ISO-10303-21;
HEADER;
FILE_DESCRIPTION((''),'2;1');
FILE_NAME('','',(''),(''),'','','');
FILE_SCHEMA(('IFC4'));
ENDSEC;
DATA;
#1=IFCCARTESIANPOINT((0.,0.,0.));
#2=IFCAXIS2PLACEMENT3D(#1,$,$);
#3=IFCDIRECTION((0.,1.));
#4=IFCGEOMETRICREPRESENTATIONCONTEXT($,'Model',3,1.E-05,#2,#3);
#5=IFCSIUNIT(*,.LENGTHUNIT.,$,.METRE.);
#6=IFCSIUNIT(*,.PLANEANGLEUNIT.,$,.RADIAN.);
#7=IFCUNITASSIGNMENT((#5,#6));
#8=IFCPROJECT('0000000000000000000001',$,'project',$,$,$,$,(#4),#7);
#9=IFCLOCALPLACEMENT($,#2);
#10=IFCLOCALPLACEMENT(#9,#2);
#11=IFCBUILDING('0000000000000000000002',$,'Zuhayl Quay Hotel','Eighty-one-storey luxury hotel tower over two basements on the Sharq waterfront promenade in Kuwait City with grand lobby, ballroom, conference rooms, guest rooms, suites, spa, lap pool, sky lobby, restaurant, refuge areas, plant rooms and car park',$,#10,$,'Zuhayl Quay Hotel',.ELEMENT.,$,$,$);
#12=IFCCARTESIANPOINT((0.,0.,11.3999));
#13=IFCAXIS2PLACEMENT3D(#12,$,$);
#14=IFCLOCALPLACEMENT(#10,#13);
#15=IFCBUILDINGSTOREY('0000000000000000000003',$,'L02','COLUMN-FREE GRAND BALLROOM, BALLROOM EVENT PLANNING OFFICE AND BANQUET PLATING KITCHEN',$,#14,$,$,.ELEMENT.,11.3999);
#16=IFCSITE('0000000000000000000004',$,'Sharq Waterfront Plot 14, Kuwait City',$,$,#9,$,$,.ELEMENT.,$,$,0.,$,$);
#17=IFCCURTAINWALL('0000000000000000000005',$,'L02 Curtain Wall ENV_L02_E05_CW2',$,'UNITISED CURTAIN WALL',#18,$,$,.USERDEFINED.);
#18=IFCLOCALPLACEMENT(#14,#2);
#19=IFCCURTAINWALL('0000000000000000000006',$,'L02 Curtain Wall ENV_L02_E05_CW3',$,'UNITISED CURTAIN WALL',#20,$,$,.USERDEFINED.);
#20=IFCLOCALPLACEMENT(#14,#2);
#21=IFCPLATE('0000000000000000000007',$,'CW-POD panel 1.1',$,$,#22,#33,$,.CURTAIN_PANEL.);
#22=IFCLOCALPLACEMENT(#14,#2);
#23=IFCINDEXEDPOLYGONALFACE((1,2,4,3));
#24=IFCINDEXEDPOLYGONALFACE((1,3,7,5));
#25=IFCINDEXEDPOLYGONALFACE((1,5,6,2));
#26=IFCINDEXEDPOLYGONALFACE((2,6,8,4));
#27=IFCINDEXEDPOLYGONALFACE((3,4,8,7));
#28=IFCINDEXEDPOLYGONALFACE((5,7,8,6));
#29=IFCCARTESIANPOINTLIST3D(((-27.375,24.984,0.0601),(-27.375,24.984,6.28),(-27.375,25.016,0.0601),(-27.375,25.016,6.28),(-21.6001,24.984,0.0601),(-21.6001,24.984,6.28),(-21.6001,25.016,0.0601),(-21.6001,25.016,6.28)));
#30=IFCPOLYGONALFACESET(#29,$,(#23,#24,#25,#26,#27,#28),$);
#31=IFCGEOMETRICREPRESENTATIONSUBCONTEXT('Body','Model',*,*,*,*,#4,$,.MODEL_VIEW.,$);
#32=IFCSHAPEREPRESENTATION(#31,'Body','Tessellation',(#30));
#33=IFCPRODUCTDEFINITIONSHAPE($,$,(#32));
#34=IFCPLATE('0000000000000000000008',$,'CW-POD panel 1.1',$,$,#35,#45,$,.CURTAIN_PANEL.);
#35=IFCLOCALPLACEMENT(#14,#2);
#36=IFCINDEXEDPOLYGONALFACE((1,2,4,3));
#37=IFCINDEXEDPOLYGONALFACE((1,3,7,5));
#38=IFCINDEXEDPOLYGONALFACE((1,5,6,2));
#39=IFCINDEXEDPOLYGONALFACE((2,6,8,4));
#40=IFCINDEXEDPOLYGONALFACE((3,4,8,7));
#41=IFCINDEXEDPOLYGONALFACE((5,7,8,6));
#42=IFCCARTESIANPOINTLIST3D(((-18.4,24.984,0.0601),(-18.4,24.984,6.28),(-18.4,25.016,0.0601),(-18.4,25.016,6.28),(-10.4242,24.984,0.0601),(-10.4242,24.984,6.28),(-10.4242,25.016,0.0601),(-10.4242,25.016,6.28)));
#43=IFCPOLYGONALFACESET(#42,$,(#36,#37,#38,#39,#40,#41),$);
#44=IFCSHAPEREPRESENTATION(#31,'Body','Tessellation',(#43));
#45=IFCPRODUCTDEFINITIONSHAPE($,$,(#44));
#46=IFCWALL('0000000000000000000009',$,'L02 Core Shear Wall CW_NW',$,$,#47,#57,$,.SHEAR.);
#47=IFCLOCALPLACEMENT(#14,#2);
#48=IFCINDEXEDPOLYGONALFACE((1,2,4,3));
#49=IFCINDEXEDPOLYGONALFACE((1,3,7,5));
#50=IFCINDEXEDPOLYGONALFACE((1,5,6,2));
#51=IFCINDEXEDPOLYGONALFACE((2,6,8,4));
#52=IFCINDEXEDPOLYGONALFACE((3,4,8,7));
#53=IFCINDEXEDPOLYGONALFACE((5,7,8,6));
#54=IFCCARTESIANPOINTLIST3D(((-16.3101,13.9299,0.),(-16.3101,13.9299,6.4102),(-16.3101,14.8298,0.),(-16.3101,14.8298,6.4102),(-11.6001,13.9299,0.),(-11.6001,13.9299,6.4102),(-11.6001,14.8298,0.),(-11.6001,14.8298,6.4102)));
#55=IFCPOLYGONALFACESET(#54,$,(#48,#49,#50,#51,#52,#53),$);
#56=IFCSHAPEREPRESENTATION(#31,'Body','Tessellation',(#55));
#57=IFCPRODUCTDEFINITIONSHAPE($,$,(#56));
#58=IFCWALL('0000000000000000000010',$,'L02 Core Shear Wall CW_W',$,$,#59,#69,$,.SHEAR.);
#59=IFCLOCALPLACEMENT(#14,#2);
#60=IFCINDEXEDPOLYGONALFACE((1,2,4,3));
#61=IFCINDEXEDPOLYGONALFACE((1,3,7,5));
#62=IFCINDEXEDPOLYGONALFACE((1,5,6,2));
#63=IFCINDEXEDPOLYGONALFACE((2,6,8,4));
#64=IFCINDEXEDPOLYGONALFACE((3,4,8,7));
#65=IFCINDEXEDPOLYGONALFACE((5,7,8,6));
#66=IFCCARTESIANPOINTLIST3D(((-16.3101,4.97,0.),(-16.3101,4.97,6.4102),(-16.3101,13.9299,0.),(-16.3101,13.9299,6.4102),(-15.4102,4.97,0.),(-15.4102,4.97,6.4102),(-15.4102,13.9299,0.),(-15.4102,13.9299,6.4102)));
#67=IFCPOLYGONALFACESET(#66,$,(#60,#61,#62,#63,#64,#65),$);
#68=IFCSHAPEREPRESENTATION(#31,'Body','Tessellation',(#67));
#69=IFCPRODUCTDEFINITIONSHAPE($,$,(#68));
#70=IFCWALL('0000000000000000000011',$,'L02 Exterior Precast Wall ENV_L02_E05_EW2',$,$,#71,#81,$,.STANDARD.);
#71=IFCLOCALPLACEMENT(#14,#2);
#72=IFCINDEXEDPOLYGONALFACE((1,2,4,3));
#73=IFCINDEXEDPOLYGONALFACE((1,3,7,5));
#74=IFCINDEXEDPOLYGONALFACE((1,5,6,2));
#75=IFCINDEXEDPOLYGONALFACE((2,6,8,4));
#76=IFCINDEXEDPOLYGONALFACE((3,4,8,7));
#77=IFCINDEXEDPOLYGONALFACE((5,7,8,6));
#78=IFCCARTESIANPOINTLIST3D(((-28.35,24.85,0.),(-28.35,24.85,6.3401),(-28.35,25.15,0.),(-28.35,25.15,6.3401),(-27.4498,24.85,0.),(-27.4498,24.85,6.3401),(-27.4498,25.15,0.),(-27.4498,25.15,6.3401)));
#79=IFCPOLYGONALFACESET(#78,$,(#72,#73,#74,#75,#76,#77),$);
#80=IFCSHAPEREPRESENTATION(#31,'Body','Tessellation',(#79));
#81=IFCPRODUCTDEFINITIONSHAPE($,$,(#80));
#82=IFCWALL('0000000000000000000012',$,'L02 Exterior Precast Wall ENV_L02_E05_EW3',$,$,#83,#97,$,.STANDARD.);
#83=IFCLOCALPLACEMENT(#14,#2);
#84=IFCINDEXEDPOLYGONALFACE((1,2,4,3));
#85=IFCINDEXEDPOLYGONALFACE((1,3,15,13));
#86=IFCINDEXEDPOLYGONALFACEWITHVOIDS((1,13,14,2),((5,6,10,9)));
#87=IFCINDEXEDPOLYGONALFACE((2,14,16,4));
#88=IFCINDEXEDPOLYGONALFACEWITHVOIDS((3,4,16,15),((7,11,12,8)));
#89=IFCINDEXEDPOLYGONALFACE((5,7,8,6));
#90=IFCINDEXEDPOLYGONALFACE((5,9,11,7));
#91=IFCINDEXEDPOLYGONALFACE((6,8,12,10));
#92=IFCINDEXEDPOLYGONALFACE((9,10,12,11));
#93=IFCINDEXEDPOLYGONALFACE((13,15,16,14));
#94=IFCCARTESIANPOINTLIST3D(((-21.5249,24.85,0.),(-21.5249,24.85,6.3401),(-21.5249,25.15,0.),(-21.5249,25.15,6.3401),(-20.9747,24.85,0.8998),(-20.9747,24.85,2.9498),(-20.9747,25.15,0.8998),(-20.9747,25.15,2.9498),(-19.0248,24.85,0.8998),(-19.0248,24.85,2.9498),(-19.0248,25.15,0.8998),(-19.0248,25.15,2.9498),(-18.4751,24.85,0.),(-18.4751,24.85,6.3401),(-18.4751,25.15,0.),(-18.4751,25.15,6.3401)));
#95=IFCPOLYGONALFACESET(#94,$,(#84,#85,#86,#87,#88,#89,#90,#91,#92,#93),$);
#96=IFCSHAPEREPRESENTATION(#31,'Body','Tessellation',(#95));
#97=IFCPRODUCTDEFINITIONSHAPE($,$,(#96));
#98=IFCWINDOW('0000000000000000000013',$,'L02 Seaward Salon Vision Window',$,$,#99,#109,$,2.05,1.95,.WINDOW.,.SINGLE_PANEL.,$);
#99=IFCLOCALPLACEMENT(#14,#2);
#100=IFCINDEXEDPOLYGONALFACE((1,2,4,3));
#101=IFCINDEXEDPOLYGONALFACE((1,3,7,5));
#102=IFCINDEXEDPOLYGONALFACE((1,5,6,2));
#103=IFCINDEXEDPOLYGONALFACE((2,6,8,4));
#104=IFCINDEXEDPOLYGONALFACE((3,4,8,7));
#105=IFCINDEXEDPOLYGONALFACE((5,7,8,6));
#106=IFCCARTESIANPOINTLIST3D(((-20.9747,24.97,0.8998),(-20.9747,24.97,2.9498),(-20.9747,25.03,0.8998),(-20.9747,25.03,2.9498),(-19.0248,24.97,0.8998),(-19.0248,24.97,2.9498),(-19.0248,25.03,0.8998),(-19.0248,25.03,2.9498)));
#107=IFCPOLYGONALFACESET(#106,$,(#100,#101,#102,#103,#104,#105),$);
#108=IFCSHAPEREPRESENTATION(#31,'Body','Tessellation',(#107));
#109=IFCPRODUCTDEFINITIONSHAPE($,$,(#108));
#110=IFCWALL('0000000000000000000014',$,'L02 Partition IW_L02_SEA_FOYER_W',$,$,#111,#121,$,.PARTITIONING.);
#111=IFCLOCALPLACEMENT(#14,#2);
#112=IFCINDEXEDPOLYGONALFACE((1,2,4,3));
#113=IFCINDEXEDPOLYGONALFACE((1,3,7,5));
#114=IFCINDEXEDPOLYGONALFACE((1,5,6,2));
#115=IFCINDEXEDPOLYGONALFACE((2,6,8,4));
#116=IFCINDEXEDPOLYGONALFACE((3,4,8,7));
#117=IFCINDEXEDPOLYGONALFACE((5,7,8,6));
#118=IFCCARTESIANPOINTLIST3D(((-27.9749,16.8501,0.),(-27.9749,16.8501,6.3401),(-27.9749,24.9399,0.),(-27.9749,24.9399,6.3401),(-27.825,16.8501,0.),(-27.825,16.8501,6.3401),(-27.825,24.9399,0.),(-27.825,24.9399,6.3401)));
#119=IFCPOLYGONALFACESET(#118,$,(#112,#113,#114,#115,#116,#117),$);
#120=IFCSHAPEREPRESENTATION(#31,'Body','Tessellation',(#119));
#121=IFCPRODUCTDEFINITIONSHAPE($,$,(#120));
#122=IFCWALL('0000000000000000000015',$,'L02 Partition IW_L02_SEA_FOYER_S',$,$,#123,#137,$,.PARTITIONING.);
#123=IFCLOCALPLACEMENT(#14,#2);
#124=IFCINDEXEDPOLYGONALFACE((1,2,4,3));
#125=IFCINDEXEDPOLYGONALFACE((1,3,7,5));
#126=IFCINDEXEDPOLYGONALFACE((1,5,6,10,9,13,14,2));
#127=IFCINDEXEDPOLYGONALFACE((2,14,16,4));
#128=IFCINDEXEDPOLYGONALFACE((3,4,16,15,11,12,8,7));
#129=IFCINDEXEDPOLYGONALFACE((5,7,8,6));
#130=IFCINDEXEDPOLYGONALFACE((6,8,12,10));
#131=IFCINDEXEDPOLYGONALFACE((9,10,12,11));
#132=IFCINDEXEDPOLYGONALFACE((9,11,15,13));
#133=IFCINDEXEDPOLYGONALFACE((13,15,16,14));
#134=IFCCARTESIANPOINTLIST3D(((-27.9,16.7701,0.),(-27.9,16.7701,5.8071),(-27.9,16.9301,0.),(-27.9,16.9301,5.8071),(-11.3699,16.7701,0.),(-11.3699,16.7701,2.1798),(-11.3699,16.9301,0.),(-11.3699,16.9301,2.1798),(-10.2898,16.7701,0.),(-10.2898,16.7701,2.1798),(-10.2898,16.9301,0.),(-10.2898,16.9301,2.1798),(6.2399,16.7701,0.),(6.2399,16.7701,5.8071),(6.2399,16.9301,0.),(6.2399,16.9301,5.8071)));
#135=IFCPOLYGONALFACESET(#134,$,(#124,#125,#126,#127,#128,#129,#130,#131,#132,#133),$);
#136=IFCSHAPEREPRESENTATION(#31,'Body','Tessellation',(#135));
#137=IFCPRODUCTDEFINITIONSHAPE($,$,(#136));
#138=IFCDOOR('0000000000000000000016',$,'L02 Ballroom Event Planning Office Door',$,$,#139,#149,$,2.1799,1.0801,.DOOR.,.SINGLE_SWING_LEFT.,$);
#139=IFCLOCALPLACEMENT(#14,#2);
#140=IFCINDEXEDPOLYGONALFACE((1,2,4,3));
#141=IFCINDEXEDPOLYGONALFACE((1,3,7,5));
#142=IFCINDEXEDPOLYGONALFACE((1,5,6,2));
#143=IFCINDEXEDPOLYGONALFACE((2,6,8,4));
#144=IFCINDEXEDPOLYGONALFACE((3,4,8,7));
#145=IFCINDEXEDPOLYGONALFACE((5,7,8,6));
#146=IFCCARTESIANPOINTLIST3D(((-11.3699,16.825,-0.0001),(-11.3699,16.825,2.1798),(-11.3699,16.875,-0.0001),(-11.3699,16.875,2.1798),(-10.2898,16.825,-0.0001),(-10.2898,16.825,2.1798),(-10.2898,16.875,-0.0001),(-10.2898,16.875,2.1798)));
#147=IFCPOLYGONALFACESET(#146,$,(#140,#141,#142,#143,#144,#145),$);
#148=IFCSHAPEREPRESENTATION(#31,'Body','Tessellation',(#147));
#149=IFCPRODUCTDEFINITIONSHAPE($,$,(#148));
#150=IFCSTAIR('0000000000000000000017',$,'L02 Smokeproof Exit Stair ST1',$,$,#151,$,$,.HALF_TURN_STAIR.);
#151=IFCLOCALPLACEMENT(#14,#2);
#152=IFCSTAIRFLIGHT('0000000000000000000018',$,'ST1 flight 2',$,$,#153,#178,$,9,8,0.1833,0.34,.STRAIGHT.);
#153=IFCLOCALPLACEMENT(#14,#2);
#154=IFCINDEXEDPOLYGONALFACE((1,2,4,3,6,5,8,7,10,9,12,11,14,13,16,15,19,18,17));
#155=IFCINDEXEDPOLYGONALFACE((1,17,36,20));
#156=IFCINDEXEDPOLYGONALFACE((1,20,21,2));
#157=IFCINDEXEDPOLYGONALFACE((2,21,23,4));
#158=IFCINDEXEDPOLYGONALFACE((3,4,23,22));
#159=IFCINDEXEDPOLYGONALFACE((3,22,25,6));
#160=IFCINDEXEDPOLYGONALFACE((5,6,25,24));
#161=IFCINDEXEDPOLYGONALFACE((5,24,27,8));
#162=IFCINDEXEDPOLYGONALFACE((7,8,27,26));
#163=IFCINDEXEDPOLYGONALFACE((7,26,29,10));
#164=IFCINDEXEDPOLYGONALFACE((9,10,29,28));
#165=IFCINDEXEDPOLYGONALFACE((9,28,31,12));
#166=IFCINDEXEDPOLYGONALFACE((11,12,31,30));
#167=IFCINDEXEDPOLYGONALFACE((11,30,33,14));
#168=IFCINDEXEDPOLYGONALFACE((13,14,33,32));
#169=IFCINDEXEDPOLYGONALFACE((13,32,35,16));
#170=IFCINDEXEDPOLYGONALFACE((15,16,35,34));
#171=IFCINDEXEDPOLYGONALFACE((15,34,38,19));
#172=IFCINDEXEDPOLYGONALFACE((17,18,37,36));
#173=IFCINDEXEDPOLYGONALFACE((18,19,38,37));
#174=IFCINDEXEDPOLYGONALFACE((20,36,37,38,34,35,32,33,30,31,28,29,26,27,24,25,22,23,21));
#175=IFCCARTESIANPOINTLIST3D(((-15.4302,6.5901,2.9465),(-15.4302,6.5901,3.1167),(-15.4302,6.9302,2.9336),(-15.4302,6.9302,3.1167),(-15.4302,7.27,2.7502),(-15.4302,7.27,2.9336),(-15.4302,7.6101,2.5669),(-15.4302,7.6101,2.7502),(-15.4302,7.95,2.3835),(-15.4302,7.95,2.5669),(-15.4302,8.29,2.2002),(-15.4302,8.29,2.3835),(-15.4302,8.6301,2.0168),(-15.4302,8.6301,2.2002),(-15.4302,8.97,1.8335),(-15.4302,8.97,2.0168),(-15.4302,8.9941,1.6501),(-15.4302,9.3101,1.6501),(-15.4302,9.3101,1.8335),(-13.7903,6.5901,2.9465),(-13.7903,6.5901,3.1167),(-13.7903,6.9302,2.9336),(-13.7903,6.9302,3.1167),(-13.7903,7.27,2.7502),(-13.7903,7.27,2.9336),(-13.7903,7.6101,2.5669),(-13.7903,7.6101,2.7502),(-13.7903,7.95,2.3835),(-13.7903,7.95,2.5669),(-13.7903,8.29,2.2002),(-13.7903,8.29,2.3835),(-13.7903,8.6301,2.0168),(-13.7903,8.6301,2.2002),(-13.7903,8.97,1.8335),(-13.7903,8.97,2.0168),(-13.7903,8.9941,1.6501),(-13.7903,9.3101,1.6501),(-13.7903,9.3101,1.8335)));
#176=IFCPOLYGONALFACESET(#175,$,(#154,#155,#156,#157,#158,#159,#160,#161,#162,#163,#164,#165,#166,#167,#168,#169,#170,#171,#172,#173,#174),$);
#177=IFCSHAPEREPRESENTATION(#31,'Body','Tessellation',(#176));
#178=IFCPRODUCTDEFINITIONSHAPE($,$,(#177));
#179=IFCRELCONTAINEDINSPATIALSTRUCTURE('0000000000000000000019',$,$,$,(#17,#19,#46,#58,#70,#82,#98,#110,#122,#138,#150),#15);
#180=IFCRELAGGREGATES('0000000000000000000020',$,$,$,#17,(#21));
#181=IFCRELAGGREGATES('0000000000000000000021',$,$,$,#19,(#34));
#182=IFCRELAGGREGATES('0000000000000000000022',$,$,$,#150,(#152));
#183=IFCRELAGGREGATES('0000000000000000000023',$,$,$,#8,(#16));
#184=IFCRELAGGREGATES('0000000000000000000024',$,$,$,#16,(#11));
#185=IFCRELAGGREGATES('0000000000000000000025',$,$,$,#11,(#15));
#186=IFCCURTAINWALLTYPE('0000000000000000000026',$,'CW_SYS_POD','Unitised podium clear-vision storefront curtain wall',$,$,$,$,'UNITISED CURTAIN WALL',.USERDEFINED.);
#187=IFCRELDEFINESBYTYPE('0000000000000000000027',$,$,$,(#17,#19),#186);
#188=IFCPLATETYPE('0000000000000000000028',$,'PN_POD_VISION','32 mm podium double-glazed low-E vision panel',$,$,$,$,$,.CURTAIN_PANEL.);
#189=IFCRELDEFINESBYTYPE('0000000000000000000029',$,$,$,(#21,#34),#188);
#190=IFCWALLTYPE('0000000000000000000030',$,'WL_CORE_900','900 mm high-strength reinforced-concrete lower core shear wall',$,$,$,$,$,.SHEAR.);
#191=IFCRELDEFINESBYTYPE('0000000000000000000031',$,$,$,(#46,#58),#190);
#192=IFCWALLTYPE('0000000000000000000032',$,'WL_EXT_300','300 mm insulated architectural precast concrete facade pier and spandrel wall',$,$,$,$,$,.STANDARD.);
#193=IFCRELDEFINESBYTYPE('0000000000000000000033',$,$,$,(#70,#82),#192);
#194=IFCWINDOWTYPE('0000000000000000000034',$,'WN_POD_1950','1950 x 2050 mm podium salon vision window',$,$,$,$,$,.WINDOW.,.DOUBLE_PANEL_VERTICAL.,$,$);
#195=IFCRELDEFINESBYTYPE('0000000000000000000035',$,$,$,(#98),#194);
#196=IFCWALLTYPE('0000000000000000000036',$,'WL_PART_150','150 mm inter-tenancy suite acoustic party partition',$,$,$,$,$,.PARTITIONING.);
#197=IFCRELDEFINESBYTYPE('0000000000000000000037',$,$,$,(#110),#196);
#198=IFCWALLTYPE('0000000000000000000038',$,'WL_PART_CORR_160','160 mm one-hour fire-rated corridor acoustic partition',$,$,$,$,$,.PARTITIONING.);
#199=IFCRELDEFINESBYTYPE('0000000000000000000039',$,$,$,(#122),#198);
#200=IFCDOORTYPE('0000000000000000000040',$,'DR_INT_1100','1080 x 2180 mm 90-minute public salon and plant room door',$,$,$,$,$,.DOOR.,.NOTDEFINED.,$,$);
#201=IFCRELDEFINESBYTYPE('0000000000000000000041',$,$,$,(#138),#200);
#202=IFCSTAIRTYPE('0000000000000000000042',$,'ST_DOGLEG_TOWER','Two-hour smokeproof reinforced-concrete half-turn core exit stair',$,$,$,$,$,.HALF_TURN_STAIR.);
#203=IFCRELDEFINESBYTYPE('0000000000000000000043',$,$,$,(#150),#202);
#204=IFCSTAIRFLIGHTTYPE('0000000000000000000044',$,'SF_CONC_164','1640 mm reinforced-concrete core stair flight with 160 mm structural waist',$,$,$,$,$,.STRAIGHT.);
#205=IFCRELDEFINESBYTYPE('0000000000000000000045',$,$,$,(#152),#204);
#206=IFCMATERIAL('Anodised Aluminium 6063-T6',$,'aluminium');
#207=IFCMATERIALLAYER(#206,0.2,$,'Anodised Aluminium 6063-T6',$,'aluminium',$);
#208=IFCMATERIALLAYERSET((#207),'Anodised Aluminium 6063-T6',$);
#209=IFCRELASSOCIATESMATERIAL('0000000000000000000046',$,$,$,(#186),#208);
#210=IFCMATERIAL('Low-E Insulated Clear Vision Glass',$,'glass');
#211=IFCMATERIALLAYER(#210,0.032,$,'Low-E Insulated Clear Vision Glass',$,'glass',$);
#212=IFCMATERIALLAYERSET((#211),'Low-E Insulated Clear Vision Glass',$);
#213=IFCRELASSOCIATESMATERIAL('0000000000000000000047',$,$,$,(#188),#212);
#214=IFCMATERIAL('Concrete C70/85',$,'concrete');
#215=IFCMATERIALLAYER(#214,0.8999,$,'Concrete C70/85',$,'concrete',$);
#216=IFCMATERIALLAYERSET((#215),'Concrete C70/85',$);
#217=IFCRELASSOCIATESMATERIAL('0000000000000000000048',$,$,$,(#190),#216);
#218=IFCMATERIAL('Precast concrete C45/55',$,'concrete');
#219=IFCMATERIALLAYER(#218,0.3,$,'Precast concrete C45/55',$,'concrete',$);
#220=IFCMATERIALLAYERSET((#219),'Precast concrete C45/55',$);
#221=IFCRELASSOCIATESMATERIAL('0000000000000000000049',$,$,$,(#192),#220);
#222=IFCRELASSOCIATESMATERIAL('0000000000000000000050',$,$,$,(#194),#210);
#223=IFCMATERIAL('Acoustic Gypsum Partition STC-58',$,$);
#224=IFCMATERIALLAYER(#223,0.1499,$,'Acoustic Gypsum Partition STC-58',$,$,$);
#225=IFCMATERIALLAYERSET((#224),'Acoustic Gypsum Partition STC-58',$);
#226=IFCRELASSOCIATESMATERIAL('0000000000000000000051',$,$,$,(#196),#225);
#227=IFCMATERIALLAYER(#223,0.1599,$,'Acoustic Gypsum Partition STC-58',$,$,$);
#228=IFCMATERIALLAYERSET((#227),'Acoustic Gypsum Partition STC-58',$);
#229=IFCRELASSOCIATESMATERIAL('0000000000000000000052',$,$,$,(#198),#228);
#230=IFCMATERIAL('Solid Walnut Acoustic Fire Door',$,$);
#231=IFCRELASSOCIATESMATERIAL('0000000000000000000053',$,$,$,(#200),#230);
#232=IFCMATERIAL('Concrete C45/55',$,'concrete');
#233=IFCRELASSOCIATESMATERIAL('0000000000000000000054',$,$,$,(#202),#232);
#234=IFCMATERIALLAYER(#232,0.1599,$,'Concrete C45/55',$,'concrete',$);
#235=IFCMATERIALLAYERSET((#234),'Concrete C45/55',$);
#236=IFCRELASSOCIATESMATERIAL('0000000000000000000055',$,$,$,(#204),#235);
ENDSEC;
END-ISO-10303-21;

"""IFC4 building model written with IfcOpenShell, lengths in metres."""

from ifc_helpers import new_model, si_unit, direction, frame, frame_2d, origin, origin_2d, place, context, subcontext, project, spatial, polyline, rectangle, outline, extrude, material, layer, layer_set, type_object, element, fill, aggregate, save


model = new_model("IFC4")

# Units and contexts
model_context = context("Model", 3, precision=1e-05, world=origin(), true_north=direction((0.0, 1.0)))
body_context = subcontext(model_context, "Body", "Model", "MODEL_VIEW")
ifc_project = project(units=[si_unit("LENGTHUNIT", "METRE"), si_unit("PLANEANGLEUNIT", "RADIAN")], contexts=[model_context])

# Site, building, storey
site_placement = place(None, origin())
site = spatial("IfcSite", under=ifc_project, at=site_placement, Name="Sharq Waterfront Plot 14, Kuwait City", CompositionType="ELEMENT", RefElevation=0.0)
building_placement = place(site_placement, origin())
building = spatial("IfcBuilding", under=site, at=building_placement, Name="Zuhayl Quay Hotel", Description="Eighty-one-storey luxury hotel tower over two basements on the Sharq waterfront promenade in Kuwait City with grand lobby, ballroom, conference rooms, guest rooms, suites, spa, lap pool, sky lobby, restaurant, refuge areas, plant rooms and car park", LongName="Zuhayl Quay Hotel", CompositionType="ELEMENT")
storey_placement = place(building_placement, frame((0.0, 0.0, 11.3999)))
storey = spatial("IfcBuildingStorey", under=building, at=storey_placement, Name="L02", Description="COLUMN-FREE GRAND BALLROOM, BALLROOM EVENT PLANNING OFFICE AND BANQUET PLATING KITCHEN", CompositionType="ELEMENT", Elevation=11.3999)

# Shared definitions
ifc_material_1 = material(Name="Concrete C70/85", Category="concrete")

# Curtain wall
ifc_material_2 = material(Name="Anodised Aluminium 6063-T6", Category="aluminium")
ifc_layer_1 = layer(ifc_material_2, 0.2, Name="Anodised Aluminium 6063-T6", Category="aluminium")
ifc_layer_set_1 = layer_set([ifc_layer_1], Name="Anodised Aluminium 6063-T6")
curtain_wall_type = type_object("IfcCurtainWallType", Name="CW_SYS_POD", Description="Unitised podium clear-vision storefront curtain wall", ElementType="UNITISED CURTAIN WALL", PredefinedType="USERDEFINED", material=ifc_layer_set_1)
curtain_wall_1_placement = place(storey_placement, origin())
curtain_wall_1 = element("IfcCurtainWall", 1, at=curtain_wall_1_placement, inside=storey, type_object=curtain_wall_type, Name="L02 Curtain Wall ENV_L02_E05_CW2", ObjectType="UNITISED CURTAIN WALL", PredefinedType="USERDEFINED")

# Curtain wall
curtain_wall_2_placement = place(storey_placement, origin())
curtain_wall_2 = element("IfcCurtainWall", 2, at=curtain_wall_2_placement, inside=storey, type_object=curtain_wall_type, Name="L02 Curtain Wall ENV_L02_E05_CW3", ObjectType="UNITISED CURTAIN WALL", PredefinedType="USERDEFINED")

# Plates
ifc_material_3 = material(Name="Low-E Insulated Clear Vision Glass", Category="glass")
ifc_layer_2 = layer(ifc_material_3, 0.032, Name="Low-E Insulated Clear Vision Glass", Category="glass")
ifc_layer_set_2 = layer_set([ifc_layer_2], Name="Low-E Insulated Clear Vision Glass")
plate_type = type_object("IfcPlateType", Name="PN_POD_VISION", Description="32 mm podium double-glazed low-E vision panel", PredefinedType="CURTAIN_PANEL", material=ifc_layer_set_2)
plate_1_placement = place(storey_placement, frame((-24.4875, 25.0, 0.0601), z_axis=(0.0, 0.0, 1.0), x_axis=(1.0, 0.0, 0.0)))
plate_1 = element("IfcPlate", 3, at=plate_1_placement, type_object=plate_type, Name="CW-POD panel 1.1", PredefinedType="CURTAIN_PANEL", context=body_context, shape_type="SweptSolid", body=[
    extrude(rectangle(XDim=5.7749, YDim=0.032, at=origin_2d()), origin(), (0.0, 0.0, 1.0), 6.22),
])
aggregate(curtain_wall_1, [plate_1])
plate_2_placement = place(storey_placement, frame((-14.4121, 25.0, 0.0601), z_axis=(0.0, 0.0, 1.0), x_axis=(1.0, 0.0, 0.0)))
plate_2 = element("IfcPlate", 4, at=plate_2_placement, type_object=plate_type, Name="CW-POD panel 1.1", PredefinedType="CURTAIN_PANEL", context=body_context, shape_type="SweptSolid", body=[
    extrude(rectangle(XDim=7.9758, YDim=0.032, at=origin_2d()), origin(), (0.0, 0.0, 1.0), 6.22),
])
aggregate(curtain_wall_2, [plate_2])

# Walls
ifc_layer_3 = layer(ifc_material_1, 0.8999, Name="Concrete C70/85", Category="concrete")
ifc_layer_set_3 = layer_set([ifc_layer_3], Name="Concrete C70/85")
wall_type_1 = type_object("IfcWallType", Name="WL_CORE_900", Description="900 mm high-strength reinforced-concrete lower core shear wall", PredefinedType="SHEAR", material=ifc_layer_set_3)
wall_1_placement = place(storey_placement, frame((-16.3101, 14.3799, 0.0), z_axis=(0.0, 0.0, 1.0), x_axis=(1.0, 0.0, 0.0)))
element("IfcWall", 5, at=wall_1_placement, inside=storey, type_object=wall_type_1, Name="L02 Core Shear Wall CW_NW", PredefinedType="SHEAR", context=body_context, shape_type="SweptSolid", body=[
    extrude(rectangle(XDim=4.71, YDim=0.8999, at=frame_2d((2.355, 0.0))), origin(), (0.0, 0.0, 1.0), 6.4102),
])
wall_2_placement = place(storey_placement, frame((-15.8601, 4.97, 0.0), z_axis=(0.0, 0.0, 1.0), x_axis=(0.0, 1.0, 0.0)))
element("IfcWall", 6, at=wall_2_placement, inside=storey, type_object=wall_type_1, Name="L02 Core Shear Wall CW_W", PredefinedType="SHEAR", context=body_context, shape_type="SweptSolid", body=[
    extrude(rectangle(XDim=8.96, YDim=0.8999, at=frame_2d((4.48, 0.0))), origin(), (0.0, 0.0, 1.0), 6.4102),
])
ifc_material_4 = material(Name="Precast concrete C45/55", Category="concrete")
ifc_layer_4 = layer(ifc_material_4, 0.3, Name="Precast concrete C45/55", Category="concrete")
ifc_layer_set_4 = layer_set([ifc_layer_4], Name="Precast concrete C45/55")
wall_type_2 = type_object("IfcWallType", Name="WL_EXT_300", Description="300 mm insulated architectural precast concrete facade pier and spandrel wall", PredefinedType="STANDARD", material=ifc_layer_set_4)
wall_3_placement = place(storey_placement, frame((-28.3501, 25.0, 0.0), z_axis=(0.0, 0.0, 1.0), x_axis=(1.0, 0.0, 0.0)))
element("IfcWall", 7, at=wall_3_placement, inside=storey, type_object=wall_type_2, Name="L02 Exterior Precast Wall ENV_L02_E05_EW2", PredefinedType="STANDARD", context=body_context, shape_type="SweptSolid", body=[
    extrude(rectangle(XDim=0.9001, YDim=0.3, at=frame_2d((0.4502, 0.0))), origin(), (0.0, 0.0, 1.0), 6.3401),
])

# Wall, opening, window
wall_4_placement = place(storey_placement, frame((-21.5249, 25.0, 0.0), z_axis=(0.0, 0.0, 1.0), x_axis=(1.0, 0.0, 0.0)))
wall_4 = element("IfcWall", 8, at=wall_4_placement, inside=storey, type_object=wall_type_2, Name="L02 Exterior Precast Wall ENV_L02_E05_EW3", PredefinedType="STANDARD", context=body_context, shape_type="SweptSolid", body=[
    extrude(rectangle(XDim=3.0498, YDim=0.3, at=frame_2d((1.5249, 0.0))), origin(), (0.0, 0.0, 1.0), 6.3401),
])
opening_1_placement = place(wall_4_placement, frame((0.55, 0.0, 0.8999)))
opening_1 = element("IfcOpeningElement", 9, at=opening_1_placement, cuts=wall_4, PredefinedType="OPENING", context=body_context, shape_type="SweptSolid", body=[
    extrude(rectangle(XDim=1.95, YDim=2.05, at=frame_2d((0.9751, 1.0249))), frame((0.0, 0.1599, 0.0), z_axis=(0.0, -1.0, 0.0), x_axis=(1.0, 0.0, 0.0)), (0.0, 0.0, 1.0), 0.3201),
])
window_type = type_object("IfcWindowType", Name="WN_POD_1950", Description="1950 x 2050 mm podium salon vision window", PartitioningType="DOUBLE_PANEL_VERTICAL", PredefinedType="WINDOW", material=ifc_material_3)
window_placement = place(opening_1_placement, origin())
window = element("IfcWindow", 10, at=window_placement, inside=storey, type_object=window_type, Name="L02 Seaward Salon Vision Window", OverallHeight=2.05, OverallWidth=1.95, PartitioningType="SINGLE_PANEL", PredefinedType="WINDOW", context=body_context, shape_type="SweptSolid", body=[
    extrude(rectangle(XDim=1.95, YDim=2.05, at=frame_2d((0.9751, 1.0249))), frame((0.0, 0.03, 0.0), z_axis=(0.0, -1.0, 0.0), x_axis=(1.0, 0.0, 0.0)), (0.0, 0.0, 1.0), 0.0601),
])
fill(opening_1, window)

# Wall
ifc_material_5 = material(Name="Acoustic Gypsum Partition STC-58")
ifc_layer_5 = layer(ifc_material_5, 0.1499, Name="Acoustic Gypsum Partition STC-58")
ifc_layer_set_5 = layer_set([ifc_layer_5], Name="Acoustic Gypsum Partition STC-58")
wall_type_3 = type_object("IfcWallType", Name="WL_PART_150", Description="150 mm inter-tenancy suite acoustic party partition", PredefinedType="PARTITIONING", material=ifc_layer_set_5)
wall_5_placement = place(storey_placement, frame((-27.8999, 16.8501, 0.0), z_axis=(0.0, 0.0, 1.0), x_axis=(0.0, 1.0, 0.0)))
element("IfcWall", 11, at=wall_5_placement, inside=storey, type_object=wall_type_3, Name="L02 Partition IW_L02_SEA_FOYER_W", PredefinedType="PARTITIONING", context=body_context, shape_type="SweptSolid", body=[
    extrude(rectangle(XDim=8.0898, YDim=0.1499, at=frame_2d((4.0449, 0.0))), origin(), (0.0, 0.0, 1.0), 6.3401),
])

# Wall, opening, door
ifc_layer_6 = layer(ifc_material_5, 0.1599, Name="Acoustic Gypsum Partition STC-58")
ifc_layer_set_6 = layer_set([ifc_layer_6], Name="Acoustic Gypsum Partition STC-58")
wall_type_4 = type_object("IfcWallType", Name="WL_PART_CORR_160", Description="160 mm one-hour fire-rated corridor acoustic partition", PredefinedType="PARTITIONING", material=ifc_layer_set_6)
wall_6_placement = place(storey_placement, frame((-27.8999, 16.8501, 0.0), z_axis=(0.0, 0.0, 1.0), x_axis=(1.0, 0.0, 0.0)))
wall_6 = element("IfcWall", 12, at=wall_6_placement, inside=storey, type_object=wall_type_4, Name="L02 Partition IW_L02_SEA_FOYER_S", PredefinedType="PARTITIONING", context=body_context, shape_type="SweptSolid", body=[
    extrude(rectangle(XDim=34.1399, YDim=0.1599, at=frame_2d((17.0698, 0.0))), origin(), (0.0, 0.0, 1.0), 5.8071),
])
opening_2_placement = place(wall_6_placement, frame((16.53, 0.0, 0.0)))
opening_2 = element("IfcOpeningElement", 13, at=opening_2_placement, cuts=wall_6, PredefinedType="OPENING", context=body_context, shape_type="SweptSolid", body=[
    extrude(rectangle(XDim=1.0801, YDim=2.1799, at=frame_2d((0.54, 1.0898))), frame((0.0, 0.0898, 0.0), z_axis=(0.0, -1.0, 0.0), x_axis=(1.0, 0.0, 0.0)), (0.0, 0.0, 1.0), 0.1799),
])
ifc_material_6 = material(Name="Solid Walnut Acoustic Fire Door")
door_type = type_object("IfcDoorType", Name="DR_INT_1100", Description="1080 x 2180 mm 90-minute public salon and plant room door", OperationType="NOTDEFINED", PredefinedType="DOOR", material=ifc_material_6)
door_placement = place(opening_2_placement, origin())
door = element("IfcDoor", 14, at=door_placement, inside=storey, type_object=door_type, Name="L02 Ballroom Event Planning Office Door", OperationType="SINGLE_SWING_LEFT", OverallHeight=2.1799, OverallWidth=1.0801, PredefinedType="DOOR", context=body_context, shape_type="SweptSolid", body=[
    extrude(rectangle(XDim=1.0801, YDim=2.1799, at=frame_2d((0.54, 1.0898))), frame((0.0, 0.0249, 0.0), z_axis=(0.0, -1.0, 0.0), x_axis=(1.0, 0.0, 0.0)), (0.0, 0.0, 1.0), 0.05),
])
fill(opening_2, door)

# Stair, stair flight
ifc_material_7 = material(Name="Concrete C45/55", Category="concrete")
stair_type = type_object("IfcStairType", Name="ST_DOGLEG_TOWER", Description="Two-hour smokeproof reinforced-concrete half-turn core exit stair", PredefinedType="HALF_TURN_STAIR", material=ifc_material_7)
stair_placement = place(storey_placement, origin())
stair = element("IfcStair", 15, at=stair_placement, inside=storey, type_object=stair_type, Name="L02 Smokeproof Exit Stair ST1", PredefinedType="HALF_TURN_STAIR")
ifc_layer_7 = layer(ifc_material_7, 0.1599, Name="Concrete C45/55", Category="concrete")
ifc_layer_set_7 = layer_set([ifc_layer_7], Name="Concrete C45/55")
stair_flight_type = type_object("IfcStairFlightType", Name="SF_CONC_164", Description="1640 mm reinforced-concrete core stair flight with 160 mm structural waist", PredefinedType="STRAIGHT", material=ifc_layer_set_7)
stair_flight_1_placement = place(storey_placement, frame((-14.6101, 9.3101, 1.6501), z_axis=(0.0, 0.0, 1.0), x_axis=(0.0, -1.0, 0.0)))
stair_flight_1 = element("IfcStairFlight", 16, at=stair_flight_1_placement, type_object=stair_flight_type, Name="ST1 flight 2", NumberOfRisers=9, NumberOfTreads=8, PredefinedType="STRAIGHT", RiserHeight=0.1833, TreadLength=0.34, context=body_context, shape_type="SweptSolid", body=[
    extrude(outline(polyline([(0.0, 0.0), (0.0, 0.1833), (0.3401, 0.1833), (0.3401, 0.3667), (0.6799, 0.3667), (0.6799, 0.55), (1.02, 0.55), (1.02, 0.7334), (1.3601, 0.7334), (1.3601, 0.9167), (1.7, 0.9167), (1.7, 1.1001), (2.04, 1.1001), (2.04, 1.2834), (2.3799, 1.2834), (2.3799, 1.4666), (2.72, 1.4666), (2.72, 1.6499), (2.72, 1.2964), (0.3159, 0.0), (0.0, 0.0)])), frame((0.0, 0.8198, 0.0), z_axis=(0.0, -1.0, 0.0), x_axis=(1.0, 0.0, 0.0)), (0.0, 0.0, 1.0), 1.6399),
])
aggregate(stair, [stair_flight_1])

save(model, "model.ifc")
